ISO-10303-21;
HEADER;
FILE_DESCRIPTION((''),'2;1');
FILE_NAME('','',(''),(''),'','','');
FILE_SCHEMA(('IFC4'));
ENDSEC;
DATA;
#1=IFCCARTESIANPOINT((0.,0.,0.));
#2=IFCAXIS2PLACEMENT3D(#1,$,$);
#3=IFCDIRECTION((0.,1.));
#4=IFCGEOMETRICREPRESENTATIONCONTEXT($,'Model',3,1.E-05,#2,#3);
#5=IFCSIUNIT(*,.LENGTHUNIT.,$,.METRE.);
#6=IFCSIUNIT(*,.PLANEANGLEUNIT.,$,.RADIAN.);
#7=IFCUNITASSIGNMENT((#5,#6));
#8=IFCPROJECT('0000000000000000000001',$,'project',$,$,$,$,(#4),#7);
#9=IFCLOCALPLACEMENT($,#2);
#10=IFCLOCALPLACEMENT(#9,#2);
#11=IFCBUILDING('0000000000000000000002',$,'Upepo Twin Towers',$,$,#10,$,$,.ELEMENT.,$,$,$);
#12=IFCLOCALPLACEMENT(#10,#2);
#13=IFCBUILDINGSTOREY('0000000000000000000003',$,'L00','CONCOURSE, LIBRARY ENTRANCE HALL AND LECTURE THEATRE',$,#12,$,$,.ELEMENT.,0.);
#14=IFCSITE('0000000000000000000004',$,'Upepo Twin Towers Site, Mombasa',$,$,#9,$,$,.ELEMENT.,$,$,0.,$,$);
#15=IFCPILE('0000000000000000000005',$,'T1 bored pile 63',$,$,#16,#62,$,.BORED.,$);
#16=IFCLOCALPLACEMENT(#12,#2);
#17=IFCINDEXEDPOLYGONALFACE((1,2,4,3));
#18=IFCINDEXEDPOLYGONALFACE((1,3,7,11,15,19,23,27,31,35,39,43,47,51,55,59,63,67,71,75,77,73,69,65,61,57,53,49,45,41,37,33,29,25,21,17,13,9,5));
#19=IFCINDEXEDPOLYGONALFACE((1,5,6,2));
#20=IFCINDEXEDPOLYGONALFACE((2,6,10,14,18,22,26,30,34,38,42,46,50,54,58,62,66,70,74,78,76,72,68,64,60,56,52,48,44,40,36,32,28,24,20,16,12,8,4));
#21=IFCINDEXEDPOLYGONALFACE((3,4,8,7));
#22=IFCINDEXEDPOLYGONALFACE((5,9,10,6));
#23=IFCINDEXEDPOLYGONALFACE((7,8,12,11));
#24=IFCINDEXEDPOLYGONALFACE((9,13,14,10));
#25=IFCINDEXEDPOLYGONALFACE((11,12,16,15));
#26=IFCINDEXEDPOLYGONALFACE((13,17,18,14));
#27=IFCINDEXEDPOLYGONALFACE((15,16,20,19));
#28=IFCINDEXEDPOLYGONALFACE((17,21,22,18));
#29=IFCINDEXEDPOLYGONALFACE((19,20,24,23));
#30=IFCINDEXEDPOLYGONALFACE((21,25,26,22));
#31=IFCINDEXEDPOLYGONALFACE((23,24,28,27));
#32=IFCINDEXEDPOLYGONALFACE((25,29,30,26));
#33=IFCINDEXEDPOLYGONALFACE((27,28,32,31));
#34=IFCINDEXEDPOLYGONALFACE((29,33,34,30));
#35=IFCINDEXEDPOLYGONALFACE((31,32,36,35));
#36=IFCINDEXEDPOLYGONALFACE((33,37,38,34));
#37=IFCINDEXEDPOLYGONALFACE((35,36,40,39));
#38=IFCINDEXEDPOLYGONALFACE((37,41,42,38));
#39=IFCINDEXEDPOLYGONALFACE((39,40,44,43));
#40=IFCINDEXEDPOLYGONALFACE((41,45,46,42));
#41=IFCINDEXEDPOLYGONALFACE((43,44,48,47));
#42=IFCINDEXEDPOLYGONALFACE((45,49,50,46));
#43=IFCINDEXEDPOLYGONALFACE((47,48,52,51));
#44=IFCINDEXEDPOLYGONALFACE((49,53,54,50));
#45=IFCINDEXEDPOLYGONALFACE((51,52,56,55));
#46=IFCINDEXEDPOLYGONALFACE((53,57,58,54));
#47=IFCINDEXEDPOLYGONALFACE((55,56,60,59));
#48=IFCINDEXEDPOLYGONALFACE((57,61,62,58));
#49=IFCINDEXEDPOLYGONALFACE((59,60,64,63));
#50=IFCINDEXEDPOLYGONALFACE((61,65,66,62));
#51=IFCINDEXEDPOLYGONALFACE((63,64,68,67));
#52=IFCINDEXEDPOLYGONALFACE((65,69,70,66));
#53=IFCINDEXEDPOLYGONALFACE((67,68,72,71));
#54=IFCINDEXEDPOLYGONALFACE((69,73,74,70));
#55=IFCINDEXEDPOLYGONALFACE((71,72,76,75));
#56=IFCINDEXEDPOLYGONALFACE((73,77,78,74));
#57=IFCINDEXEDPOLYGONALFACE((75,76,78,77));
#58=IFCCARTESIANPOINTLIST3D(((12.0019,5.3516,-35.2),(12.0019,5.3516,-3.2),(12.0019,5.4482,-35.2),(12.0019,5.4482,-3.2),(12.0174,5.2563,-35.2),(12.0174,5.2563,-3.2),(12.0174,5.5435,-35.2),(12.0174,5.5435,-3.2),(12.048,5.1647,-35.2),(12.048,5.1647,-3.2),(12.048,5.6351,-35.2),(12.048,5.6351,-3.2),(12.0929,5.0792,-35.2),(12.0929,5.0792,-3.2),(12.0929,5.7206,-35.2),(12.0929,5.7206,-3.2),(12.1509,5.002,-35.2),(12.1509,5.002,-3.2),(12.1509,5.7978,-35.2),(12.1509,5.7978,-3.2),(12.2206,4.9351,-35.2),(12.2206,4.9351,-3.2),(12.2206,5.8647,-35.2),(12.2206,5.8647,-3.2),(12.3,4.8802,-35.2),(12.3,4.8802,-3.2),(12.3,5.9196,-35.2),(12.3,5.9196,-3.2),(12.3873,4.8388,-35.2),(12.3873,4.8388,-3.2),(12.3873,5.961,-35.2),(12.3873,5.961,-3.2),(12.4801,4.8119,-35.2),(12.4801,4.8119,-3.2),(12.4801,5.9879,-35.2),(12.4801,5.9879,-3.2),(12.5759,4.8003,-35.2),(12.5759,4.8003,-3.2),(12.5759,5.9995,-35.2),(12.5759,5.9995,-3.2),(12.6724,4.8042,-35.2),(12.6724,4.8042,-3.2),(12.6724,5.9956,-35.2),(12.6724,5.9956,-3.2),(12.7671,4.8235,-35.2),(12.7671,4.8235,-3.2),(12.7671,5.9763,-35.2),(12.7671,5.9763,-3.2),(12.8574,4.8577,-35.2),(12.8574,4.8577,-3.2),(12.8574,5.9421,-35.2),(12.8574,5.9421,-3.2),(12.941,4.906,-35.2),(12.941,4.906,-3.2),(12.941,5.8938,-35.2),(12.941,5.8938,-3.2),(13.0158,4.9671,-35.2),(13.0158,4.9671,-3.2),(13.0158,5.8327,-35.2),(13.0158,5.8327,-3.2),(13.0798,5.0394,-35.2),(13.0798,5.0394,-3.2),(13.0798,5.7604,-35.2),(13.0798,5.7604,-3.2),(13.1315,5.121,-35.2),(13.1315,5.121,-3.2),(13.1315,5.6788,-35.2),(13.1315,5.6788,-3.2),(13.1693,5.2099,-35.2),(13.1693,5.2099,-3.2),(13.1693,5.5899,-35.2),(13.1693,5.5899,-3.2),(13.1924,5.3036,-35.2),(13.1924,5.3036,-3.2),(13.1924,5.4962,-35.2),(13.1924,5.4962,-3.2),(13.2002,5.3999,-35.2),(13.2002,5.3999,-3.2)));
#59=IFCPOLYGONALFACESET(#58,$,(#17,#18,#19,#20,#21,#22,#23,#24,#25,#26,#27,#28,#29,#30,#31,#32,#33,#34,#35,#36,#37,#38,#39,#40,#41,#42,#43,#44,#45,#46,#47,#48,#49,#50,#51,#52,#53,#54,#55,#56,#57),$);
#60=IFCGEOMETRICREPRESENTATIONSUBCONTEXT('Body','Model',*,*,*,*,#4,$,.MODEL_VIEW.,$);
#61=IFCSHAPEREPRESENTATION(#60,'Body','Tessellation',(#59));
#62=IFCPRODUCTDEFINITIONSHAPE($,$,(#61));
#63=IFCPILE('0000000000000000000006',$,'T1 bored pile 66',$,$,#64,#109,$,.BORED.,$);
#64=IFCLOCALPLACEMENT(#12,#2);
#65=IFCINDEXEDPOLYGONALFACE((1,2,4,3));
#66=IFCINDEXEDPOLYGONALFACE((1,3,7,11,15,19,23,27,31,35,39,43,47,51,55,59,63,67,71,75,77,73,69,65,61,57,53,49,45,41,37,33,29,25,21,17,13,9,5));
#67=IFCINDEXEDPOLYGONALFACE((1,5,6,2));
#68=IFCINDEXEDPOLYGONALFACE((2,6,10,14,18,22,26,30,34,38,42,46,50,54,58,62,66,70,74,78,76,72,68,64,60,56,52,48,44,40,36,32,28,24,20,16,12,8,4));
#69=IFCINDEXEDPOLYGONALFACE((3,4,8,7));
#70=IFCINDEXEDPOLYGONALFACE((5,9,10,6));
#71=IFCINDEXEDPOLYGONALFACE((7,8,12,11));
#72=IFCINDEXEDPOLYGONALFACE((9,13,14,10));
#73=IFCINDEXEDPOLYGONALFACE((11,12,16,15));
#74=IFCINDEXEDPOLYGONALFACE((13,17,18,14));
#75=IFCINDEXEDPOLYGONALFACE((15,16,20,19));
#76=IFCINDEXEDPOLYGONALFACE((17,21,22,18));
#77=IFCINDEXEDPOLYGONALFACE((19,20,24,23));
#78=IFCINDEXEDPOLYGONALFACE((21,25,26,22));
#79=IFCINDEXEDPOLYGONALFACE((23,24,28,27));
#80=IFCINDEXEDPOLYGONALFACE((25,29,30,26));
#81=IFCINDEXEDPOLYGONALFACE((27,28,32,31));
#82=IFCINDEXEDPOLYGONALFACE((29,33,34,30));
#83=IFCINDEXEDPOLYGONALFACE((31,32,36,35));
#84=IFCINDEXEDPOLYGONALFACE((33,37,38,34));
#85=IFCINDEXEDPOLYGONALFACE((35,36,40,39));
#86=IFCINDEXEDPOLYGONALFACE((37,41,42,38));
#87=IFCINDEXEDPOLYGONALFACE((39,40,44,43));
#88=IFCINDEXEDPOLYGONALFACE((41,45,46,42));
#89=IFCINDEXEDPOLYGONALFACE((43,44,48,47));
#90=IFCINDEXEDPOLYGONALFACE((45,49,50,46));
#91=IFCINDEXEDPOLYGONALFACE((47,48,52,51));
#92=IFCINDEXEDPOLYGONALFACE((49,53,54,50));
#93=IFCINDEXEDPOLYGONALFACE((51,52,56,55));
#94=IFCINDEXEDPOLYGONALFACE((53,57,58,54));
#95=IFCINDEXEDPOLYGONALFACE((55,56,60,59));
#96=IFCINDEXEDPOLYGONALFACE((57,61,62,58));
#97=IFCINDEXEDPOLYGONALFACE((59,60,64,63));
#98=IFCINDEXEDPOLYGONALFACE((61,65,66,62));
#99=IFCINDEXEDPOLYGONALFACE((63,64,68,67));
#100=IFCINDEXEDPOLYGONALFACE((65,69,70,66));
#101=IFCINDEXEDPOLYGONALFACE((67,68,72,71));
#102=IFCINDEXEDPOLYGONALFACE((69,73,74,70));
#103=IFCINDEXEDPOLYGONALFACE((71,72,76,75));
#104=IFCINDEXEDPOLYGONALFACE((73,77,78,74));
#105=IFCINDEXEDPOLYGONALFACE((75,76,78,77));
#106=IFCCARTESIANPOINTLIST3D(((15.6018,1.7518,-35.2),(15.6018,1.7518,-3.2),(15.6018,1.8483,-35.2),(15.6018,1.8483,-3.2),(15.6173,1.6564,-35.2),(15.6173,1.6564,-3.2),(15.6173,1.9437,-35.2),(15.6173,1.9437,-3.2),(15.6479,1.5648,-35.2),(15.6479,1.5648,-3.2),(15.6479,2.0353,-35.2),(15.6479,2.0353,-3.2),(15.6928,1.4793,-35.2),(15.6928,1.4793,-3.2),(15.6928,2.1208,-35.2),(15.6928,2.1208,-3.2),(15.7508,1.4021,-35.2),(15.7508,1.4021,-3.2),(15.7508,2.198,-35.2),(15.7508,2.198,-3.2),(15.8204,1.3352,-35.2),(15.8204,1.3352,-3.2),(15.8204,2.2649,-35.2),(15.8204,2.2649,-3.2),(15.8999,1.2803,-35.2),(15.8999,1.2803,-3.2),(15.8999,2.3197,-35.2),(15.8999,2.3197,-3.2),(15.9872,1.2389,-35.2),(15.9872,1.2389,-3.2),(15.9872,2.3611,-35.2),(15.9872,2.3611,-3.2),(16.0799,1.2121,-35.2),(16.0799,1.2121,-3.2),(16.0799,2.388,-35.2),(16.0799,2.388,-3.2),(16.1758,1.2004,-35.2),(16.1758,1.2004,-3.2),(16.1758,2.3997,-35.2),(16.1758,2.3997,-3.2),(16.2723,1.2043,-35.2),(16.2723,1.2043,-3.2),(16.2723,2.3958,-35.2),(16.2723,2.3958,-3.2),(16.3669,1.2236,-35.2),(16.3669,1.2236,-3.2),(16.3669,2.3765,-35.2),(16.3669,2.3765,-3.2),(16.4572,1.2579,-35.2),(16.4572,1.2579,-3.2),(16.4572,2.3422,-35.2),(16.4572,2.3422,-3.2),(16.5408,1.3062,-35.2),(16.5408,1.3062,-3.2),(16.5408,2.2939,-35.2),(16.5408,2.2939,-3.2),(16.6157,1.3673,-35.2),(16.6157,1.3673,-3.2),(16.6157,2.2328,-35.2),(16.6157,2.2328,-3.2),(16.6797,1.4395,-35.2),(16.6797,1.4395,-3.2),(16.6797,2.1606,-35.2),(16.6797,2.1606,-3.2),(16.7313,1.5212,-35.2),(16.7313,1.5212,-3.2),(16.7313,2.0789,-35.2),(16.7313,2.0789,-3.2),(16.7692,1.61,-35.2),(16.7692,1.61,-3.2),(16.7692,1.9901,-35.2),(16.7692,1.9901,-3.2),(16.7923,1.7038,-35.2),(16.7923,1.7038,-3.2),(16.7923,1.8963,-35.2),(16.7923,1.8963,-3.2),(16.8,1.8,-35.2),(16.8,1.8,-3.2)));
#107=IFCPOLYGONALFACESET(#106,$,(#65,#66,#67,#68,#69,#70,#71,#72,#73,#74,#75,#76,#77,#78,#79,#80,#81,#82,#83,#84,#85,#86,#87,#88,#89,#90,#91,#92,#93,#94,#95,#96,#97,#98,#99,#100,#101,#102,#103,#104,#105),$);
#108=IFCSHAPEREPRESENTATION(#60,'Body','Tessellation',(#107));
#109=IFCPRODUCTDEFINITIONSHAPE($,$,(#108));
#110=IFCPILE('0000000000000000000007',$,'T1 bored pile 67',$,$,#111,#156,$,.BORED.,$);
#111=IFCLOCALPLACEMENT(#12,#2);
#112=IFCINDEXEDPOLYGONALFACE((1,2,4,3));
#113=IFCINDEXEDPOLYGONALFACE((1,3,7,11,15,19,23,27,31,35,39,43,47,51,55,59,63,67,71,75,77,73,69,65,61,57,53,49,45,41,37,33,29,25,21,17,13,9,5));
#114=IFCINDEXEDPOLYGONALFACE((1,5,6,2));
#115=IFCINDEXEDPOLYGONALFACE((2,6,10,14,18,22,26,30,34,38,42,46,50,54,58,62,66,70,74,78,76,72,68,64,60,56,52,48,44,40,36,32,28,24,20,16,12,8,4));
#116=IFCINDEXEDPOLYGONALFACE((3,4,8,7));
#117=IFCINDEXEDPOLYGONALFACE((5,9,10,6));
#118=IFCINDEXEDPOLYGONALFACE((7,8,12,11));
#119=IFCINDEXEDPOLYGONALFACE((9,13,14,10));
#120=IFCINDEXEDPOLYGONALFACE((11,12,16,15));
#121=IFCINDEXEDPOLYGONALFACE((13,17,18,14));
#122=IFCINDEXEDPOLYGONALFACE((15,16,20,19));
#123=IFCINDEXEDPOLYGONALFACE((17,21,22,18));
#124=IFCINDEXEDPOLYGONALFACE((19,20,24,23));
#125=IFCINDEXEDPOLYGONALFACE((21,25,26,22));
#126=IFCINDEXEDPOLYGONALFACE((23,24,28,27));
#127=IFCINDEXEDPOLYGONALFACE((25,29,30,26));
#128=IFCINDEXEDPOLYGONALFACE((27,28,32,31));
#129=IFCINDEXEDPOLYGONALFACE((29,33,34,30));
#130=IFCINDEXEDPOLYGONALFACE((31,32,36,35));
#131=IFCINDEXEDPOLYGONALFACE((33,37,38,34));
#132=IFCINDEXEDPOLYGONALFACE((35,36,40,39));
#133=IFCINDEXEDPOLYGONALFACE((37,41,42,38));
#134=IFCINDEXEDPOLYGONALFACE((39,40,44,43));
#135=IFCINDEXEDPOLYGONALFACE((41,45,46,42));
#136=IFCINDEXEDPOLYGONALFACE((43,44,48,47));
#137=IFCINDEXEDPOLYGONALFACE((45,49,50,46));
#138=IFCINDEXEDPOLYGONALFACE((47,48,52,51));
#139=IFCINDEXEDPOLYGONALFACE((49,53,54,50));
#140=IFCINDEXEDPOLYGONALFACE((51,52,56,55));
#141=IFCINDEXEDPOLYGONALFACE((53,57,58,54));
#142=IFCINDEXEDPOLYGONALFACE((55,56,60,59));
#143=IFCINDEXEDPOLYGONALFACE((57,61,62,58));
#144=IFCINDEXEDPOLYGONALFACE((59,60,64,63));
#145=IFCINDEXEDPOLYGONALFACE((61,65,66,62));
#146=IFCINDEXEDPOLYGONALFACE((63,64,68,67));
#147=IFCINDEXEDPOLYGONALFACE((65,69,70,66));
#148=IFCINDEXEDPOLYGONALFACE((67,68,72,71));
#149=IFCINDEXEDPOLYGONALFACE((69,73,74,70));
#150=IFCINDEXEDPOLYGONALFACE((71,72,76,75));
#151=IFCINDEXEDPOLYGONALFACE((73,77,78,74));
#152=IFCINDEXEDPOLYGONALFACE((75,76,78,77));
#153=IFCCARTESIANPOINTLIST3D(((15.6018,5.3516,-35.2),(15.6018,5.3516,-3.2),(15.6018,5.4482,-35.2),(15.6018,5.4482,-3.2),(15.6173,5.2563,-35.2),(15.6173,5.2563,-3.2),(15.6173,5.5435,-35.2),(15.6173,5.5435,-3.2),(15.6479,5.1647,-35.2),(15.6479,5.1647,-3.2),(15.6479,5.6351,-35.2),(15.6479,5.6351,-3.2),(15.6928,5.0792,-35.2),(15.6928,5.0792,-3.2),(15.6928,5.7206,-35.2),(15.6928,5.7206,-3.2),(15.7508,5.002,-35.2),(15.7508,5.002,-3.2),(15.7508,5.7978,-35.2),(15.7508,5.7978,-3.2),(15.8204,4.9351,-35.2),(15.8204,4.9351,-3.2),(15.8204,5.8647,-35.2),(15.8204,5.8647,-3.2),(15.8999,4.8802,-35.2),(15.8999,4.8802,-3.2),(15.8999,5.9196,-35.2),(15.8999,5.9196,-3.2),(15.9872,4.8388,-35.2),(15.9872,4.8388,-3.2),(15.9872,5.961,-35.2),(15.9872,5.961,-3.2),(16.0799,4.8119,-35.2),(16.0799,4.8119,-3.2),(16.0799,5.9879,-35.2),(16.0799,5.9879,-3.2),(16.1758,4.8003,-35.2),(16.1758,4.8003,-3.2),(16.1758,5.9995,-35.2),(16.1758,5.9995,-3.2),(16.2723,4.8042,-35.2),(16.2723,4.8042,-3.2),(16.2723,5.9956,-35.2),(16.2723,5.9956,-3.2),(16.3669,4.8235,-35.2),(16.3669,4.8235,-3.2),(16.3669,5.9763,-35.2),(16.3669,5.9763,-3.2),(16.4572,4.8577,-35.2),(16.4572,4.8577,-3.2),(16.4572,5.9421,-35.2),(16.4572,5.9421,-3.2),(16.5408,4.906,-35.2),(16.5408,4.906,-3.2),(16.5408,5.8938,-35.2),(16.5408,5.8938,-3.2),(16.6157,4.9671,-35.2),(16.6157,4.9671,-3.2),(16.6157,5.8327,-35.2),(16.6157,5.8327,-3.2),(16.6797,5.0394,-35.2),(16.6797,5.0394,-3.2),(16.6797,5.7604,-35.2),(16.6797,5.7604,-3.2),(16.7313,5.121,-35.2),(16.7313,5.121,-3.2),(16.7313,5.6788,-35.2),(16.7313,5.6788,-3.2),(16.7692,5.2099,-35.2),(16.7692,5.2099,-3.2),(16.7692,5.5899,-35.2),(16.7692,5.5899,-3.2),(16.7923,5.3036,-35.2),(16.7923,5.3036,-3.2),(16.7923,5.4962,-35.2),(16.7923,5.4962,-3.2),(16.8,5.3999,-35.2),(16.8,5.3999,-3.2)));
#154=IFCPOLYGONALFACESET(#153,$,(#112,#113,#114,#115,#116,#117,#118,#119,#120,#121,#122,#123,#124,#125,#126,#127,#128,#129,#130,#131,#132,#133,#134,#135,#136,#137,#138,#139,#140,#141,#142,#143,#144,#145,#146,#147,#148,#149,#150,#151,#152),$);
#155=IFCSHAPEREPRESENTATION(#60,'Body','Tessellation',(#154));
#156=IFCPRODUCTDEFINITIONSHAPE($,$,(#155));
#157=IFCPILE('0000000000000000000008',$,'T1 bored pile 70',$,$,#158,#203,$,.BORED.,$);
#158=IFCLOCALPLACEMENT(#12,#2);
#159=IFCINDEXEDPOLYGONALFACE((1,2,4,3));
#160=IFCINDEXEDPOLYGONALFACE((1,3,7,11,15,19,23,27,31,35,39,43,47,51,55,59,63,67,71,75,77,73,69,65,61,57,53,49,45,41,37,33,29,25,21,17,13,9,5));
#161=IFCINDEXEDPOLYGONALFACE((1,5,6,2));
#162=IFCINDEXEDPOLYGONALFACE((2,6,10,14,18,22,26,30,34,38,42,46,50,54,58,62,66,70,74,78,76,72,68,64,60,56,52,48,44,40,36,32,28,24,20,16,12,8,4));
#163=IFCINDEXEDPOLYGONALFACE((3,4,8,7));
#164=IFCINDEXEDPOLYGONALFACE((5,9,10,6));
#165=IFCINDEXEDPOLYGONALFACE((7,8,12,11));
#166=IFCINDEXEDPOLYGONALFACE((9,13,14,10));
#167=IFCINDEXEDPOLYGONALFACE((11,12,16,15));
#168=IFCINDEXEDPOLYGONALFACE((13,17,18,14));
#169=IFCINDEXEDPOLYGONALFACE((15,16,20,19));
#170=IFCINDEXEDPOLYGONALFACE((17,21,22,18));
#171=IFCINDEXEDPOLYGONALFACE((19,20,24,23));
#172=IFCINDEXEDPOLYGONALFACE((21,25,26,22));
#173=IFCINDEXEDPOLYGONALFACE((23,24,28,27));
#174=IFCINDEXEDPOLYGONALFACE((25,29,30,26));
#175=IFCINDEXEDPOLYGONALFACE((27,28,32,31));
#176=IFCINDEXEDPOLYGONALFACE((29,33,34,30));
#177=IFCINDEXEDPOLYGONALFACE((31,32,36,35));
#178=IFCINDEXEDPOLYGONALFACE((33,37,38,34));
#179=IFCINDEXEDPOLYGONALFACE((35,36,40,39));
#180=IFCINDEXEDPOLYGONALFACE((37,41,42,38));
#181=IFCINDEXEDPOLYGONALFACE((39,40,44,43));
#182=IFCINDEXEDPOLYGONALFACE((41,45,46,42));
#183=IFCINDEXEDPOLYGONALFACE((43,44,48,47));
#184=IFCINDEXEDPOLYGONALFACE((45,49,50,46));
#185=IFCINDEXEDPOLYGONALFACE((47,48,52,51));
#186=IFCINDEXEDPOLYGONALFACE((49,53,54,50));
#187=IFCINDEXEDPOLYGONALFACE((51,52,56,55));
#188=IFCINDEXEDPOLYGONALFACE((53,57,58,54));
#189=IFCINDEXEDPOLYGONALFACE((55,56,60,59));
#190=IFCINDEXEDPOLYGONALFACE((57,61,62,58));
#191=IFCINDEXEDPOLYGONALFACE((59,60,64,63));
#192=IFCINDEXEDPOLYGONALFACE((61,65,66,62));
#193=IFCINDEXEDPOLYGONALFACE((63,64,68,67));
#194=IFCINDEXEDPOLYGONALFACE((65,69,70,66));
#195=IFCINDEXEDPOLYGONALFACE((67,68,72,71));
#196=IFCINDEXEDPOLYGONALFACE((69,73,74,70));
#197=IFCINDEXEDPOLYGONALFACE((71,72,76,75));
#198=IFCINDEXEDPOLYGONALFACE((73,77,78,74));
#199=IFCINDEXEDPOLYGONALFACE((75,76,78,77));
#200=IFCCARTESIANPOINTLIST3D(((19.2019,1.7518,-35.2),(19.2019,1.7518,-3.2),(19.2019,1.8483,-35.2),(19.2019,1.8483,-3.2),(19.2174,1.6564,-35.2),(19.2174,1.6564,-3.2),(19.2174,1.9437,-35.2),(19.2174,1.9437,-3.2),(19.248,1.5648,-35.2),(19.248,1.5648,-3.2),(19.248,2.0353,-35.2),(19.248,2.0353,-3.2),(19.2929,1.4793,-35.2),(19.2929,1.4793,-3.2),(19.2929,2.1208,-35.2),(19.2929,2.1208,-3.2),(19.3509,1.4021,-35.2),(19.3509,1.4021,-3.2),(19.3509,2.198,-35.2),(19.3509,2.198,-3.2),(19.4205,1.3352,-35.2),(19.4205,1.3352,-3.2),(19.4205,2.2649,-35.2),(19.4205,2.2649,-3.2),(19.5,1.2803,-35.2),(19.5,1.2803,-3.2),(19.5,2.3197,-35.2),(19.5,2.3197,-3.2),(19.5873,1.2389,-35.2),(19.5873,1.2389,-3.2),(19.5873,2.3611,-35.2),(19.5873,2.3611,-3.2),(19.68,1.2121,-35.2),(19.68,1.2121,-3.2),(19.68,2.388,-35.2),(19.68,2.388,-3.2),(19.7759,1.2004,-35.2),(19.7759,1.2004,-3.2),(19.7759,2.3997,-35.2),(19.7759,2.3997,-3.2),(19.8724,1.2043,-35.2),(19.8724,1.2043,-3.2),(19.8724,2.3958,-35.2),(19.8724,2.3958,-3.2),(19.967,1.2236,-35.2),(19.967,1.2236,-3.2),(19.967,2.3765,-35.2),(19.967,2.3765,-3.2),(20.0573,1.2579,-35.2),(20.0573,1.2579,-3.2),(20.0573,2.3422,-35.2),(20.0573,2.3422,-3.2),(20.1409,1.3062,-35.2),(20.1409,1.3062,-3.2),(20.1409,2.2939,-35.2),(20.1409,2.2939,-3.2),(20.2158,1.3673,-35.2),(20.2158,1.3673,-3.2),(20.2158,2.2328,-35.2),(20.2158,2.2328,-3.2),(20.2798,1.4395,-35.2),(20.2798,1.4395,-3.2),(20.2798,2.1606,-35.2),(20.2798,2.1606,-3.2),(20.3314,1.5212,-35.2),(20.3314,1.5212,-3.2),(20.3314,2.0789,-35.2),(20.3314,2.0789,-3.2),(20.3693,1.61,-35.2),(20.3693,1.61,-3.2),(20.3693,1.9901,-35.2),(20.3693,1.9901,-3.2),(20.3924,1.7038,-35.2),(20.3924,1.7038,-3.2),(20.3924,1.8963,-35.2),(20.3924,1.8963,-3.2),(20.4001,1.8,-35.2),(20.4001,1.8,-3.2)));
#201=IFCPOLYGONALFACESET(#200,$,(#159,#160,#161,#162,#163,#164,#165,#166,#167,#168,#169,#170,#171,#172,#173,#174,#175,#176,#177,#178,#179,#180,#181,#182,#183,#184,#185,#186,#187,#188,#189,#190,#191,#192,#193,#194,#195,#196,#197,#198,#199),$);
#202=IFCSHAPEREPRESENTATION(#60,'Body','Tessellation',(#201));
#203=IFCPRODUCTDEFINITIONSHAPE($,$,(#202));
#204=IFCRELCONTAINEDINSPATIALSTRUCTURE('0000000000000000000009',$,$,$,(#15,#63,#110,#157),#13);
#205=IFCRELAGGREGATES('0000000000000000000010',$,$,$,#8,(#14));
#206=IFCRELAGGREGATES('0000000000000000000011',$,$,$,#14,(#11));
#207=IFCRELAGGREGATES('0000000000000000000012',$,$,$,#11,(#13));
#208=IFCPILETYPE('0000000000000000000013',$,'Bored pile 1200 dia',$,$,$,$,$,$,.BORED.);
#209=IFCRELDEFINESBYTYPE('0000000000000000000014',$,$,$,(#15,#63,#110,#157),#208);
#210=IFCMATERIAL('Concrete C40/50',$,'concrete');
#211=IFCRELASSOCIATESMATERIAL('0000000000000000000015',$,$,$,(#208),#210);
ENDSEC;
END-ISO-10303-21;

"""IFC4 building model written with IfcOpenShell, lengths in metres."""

from ifc_helpers import new_model, si_unit, direction, frame, origin, origin_2d, place, context, subcontext, project, spatial, circle, extrude, material, type_object, element, save


model = new_model("IFC4")

# Units and contexts
model_context = context("Model", 3, precision=1e-05, world=origin(), true_north=direction((0.0, 1.0)))
body_context = subcontext(model_context, "Body", "Model", "MODEL_VIEW")
ifc_project = project(units=[si_unit("LENGTHUNIT", "METRE"), si_unit("PLANEANGLEUNIT", "RADIAN")], contexts=[model_context])

# Site, building, storey
site_placement = place(None, origin())
site = spatial("IfcSite", under=ifc_project, at=site_placement, Name="Upepo Twin Towers Site, Mombasa", CompositionType="ELEMENT", RefElevation=0.0)
building_placement = place(site_placement, origin())
building = spatial("IfcBuilding", under=site, at=building_placement, Name="Upepo Twin Towers", CompositionType="ELEMENT")
storey_placement = place(building_placement, origin())
storey = spatial("IfcBuildingStorey", under=building, at=storey_placement, Name="L00", Description="CONCOURSE, LIBRARY ENTRANCE HALL AND LECTURE THEATRE", CompositionType="ELEMENT", Elevation=0.0)

# Piles
ifc_material_1 = material(Name="Concrete C40/50", Category="concrete")
pile_type = type_object("IfcPileType", Name="Bored pile 1200 dia", PredefinedType="BORED", material=ifc_material_1)
for number, where, z_axis, x_axis, name in (
    (1, (12.6001, 5.3999, -3.2), (0.0, 0.0, -1.0), (1.0, 0.0, 0.0), "T1 bored pile 63"),
    (2, (16.2, 1.8, -3.2), (0.0, 0.0, -1.0), (1.0, 0.0, 0.0), "T1 bored pile 66"),
    (3, (16.2, 5.3999, -3.2), (0.0, 0.0, -1.0), (1.0, 0.0, 0.0), "T1 bored pile 67"),
    (4, (19.8, 1.8, -3.2), (0.0, 0.0, -1.0), (1.0, 0.0, 0.0), "T1 bored pile 70"),
):
    element("IfcPile", number, at=place(storey_placement, frame(where, z_axis=z_axis, x_axis=x_axis)), inside=storey, type_object=pile_type, Name=name, PredefinedType="BORED", context=body_context, shape_type="SweptSolid", body=[
        extrude(circle(Radius=0.6001, at=origin_2d()), origin(), (0.0, 0.0, 1.0), 32.0),
    ])

save(model, "model.ifc")
